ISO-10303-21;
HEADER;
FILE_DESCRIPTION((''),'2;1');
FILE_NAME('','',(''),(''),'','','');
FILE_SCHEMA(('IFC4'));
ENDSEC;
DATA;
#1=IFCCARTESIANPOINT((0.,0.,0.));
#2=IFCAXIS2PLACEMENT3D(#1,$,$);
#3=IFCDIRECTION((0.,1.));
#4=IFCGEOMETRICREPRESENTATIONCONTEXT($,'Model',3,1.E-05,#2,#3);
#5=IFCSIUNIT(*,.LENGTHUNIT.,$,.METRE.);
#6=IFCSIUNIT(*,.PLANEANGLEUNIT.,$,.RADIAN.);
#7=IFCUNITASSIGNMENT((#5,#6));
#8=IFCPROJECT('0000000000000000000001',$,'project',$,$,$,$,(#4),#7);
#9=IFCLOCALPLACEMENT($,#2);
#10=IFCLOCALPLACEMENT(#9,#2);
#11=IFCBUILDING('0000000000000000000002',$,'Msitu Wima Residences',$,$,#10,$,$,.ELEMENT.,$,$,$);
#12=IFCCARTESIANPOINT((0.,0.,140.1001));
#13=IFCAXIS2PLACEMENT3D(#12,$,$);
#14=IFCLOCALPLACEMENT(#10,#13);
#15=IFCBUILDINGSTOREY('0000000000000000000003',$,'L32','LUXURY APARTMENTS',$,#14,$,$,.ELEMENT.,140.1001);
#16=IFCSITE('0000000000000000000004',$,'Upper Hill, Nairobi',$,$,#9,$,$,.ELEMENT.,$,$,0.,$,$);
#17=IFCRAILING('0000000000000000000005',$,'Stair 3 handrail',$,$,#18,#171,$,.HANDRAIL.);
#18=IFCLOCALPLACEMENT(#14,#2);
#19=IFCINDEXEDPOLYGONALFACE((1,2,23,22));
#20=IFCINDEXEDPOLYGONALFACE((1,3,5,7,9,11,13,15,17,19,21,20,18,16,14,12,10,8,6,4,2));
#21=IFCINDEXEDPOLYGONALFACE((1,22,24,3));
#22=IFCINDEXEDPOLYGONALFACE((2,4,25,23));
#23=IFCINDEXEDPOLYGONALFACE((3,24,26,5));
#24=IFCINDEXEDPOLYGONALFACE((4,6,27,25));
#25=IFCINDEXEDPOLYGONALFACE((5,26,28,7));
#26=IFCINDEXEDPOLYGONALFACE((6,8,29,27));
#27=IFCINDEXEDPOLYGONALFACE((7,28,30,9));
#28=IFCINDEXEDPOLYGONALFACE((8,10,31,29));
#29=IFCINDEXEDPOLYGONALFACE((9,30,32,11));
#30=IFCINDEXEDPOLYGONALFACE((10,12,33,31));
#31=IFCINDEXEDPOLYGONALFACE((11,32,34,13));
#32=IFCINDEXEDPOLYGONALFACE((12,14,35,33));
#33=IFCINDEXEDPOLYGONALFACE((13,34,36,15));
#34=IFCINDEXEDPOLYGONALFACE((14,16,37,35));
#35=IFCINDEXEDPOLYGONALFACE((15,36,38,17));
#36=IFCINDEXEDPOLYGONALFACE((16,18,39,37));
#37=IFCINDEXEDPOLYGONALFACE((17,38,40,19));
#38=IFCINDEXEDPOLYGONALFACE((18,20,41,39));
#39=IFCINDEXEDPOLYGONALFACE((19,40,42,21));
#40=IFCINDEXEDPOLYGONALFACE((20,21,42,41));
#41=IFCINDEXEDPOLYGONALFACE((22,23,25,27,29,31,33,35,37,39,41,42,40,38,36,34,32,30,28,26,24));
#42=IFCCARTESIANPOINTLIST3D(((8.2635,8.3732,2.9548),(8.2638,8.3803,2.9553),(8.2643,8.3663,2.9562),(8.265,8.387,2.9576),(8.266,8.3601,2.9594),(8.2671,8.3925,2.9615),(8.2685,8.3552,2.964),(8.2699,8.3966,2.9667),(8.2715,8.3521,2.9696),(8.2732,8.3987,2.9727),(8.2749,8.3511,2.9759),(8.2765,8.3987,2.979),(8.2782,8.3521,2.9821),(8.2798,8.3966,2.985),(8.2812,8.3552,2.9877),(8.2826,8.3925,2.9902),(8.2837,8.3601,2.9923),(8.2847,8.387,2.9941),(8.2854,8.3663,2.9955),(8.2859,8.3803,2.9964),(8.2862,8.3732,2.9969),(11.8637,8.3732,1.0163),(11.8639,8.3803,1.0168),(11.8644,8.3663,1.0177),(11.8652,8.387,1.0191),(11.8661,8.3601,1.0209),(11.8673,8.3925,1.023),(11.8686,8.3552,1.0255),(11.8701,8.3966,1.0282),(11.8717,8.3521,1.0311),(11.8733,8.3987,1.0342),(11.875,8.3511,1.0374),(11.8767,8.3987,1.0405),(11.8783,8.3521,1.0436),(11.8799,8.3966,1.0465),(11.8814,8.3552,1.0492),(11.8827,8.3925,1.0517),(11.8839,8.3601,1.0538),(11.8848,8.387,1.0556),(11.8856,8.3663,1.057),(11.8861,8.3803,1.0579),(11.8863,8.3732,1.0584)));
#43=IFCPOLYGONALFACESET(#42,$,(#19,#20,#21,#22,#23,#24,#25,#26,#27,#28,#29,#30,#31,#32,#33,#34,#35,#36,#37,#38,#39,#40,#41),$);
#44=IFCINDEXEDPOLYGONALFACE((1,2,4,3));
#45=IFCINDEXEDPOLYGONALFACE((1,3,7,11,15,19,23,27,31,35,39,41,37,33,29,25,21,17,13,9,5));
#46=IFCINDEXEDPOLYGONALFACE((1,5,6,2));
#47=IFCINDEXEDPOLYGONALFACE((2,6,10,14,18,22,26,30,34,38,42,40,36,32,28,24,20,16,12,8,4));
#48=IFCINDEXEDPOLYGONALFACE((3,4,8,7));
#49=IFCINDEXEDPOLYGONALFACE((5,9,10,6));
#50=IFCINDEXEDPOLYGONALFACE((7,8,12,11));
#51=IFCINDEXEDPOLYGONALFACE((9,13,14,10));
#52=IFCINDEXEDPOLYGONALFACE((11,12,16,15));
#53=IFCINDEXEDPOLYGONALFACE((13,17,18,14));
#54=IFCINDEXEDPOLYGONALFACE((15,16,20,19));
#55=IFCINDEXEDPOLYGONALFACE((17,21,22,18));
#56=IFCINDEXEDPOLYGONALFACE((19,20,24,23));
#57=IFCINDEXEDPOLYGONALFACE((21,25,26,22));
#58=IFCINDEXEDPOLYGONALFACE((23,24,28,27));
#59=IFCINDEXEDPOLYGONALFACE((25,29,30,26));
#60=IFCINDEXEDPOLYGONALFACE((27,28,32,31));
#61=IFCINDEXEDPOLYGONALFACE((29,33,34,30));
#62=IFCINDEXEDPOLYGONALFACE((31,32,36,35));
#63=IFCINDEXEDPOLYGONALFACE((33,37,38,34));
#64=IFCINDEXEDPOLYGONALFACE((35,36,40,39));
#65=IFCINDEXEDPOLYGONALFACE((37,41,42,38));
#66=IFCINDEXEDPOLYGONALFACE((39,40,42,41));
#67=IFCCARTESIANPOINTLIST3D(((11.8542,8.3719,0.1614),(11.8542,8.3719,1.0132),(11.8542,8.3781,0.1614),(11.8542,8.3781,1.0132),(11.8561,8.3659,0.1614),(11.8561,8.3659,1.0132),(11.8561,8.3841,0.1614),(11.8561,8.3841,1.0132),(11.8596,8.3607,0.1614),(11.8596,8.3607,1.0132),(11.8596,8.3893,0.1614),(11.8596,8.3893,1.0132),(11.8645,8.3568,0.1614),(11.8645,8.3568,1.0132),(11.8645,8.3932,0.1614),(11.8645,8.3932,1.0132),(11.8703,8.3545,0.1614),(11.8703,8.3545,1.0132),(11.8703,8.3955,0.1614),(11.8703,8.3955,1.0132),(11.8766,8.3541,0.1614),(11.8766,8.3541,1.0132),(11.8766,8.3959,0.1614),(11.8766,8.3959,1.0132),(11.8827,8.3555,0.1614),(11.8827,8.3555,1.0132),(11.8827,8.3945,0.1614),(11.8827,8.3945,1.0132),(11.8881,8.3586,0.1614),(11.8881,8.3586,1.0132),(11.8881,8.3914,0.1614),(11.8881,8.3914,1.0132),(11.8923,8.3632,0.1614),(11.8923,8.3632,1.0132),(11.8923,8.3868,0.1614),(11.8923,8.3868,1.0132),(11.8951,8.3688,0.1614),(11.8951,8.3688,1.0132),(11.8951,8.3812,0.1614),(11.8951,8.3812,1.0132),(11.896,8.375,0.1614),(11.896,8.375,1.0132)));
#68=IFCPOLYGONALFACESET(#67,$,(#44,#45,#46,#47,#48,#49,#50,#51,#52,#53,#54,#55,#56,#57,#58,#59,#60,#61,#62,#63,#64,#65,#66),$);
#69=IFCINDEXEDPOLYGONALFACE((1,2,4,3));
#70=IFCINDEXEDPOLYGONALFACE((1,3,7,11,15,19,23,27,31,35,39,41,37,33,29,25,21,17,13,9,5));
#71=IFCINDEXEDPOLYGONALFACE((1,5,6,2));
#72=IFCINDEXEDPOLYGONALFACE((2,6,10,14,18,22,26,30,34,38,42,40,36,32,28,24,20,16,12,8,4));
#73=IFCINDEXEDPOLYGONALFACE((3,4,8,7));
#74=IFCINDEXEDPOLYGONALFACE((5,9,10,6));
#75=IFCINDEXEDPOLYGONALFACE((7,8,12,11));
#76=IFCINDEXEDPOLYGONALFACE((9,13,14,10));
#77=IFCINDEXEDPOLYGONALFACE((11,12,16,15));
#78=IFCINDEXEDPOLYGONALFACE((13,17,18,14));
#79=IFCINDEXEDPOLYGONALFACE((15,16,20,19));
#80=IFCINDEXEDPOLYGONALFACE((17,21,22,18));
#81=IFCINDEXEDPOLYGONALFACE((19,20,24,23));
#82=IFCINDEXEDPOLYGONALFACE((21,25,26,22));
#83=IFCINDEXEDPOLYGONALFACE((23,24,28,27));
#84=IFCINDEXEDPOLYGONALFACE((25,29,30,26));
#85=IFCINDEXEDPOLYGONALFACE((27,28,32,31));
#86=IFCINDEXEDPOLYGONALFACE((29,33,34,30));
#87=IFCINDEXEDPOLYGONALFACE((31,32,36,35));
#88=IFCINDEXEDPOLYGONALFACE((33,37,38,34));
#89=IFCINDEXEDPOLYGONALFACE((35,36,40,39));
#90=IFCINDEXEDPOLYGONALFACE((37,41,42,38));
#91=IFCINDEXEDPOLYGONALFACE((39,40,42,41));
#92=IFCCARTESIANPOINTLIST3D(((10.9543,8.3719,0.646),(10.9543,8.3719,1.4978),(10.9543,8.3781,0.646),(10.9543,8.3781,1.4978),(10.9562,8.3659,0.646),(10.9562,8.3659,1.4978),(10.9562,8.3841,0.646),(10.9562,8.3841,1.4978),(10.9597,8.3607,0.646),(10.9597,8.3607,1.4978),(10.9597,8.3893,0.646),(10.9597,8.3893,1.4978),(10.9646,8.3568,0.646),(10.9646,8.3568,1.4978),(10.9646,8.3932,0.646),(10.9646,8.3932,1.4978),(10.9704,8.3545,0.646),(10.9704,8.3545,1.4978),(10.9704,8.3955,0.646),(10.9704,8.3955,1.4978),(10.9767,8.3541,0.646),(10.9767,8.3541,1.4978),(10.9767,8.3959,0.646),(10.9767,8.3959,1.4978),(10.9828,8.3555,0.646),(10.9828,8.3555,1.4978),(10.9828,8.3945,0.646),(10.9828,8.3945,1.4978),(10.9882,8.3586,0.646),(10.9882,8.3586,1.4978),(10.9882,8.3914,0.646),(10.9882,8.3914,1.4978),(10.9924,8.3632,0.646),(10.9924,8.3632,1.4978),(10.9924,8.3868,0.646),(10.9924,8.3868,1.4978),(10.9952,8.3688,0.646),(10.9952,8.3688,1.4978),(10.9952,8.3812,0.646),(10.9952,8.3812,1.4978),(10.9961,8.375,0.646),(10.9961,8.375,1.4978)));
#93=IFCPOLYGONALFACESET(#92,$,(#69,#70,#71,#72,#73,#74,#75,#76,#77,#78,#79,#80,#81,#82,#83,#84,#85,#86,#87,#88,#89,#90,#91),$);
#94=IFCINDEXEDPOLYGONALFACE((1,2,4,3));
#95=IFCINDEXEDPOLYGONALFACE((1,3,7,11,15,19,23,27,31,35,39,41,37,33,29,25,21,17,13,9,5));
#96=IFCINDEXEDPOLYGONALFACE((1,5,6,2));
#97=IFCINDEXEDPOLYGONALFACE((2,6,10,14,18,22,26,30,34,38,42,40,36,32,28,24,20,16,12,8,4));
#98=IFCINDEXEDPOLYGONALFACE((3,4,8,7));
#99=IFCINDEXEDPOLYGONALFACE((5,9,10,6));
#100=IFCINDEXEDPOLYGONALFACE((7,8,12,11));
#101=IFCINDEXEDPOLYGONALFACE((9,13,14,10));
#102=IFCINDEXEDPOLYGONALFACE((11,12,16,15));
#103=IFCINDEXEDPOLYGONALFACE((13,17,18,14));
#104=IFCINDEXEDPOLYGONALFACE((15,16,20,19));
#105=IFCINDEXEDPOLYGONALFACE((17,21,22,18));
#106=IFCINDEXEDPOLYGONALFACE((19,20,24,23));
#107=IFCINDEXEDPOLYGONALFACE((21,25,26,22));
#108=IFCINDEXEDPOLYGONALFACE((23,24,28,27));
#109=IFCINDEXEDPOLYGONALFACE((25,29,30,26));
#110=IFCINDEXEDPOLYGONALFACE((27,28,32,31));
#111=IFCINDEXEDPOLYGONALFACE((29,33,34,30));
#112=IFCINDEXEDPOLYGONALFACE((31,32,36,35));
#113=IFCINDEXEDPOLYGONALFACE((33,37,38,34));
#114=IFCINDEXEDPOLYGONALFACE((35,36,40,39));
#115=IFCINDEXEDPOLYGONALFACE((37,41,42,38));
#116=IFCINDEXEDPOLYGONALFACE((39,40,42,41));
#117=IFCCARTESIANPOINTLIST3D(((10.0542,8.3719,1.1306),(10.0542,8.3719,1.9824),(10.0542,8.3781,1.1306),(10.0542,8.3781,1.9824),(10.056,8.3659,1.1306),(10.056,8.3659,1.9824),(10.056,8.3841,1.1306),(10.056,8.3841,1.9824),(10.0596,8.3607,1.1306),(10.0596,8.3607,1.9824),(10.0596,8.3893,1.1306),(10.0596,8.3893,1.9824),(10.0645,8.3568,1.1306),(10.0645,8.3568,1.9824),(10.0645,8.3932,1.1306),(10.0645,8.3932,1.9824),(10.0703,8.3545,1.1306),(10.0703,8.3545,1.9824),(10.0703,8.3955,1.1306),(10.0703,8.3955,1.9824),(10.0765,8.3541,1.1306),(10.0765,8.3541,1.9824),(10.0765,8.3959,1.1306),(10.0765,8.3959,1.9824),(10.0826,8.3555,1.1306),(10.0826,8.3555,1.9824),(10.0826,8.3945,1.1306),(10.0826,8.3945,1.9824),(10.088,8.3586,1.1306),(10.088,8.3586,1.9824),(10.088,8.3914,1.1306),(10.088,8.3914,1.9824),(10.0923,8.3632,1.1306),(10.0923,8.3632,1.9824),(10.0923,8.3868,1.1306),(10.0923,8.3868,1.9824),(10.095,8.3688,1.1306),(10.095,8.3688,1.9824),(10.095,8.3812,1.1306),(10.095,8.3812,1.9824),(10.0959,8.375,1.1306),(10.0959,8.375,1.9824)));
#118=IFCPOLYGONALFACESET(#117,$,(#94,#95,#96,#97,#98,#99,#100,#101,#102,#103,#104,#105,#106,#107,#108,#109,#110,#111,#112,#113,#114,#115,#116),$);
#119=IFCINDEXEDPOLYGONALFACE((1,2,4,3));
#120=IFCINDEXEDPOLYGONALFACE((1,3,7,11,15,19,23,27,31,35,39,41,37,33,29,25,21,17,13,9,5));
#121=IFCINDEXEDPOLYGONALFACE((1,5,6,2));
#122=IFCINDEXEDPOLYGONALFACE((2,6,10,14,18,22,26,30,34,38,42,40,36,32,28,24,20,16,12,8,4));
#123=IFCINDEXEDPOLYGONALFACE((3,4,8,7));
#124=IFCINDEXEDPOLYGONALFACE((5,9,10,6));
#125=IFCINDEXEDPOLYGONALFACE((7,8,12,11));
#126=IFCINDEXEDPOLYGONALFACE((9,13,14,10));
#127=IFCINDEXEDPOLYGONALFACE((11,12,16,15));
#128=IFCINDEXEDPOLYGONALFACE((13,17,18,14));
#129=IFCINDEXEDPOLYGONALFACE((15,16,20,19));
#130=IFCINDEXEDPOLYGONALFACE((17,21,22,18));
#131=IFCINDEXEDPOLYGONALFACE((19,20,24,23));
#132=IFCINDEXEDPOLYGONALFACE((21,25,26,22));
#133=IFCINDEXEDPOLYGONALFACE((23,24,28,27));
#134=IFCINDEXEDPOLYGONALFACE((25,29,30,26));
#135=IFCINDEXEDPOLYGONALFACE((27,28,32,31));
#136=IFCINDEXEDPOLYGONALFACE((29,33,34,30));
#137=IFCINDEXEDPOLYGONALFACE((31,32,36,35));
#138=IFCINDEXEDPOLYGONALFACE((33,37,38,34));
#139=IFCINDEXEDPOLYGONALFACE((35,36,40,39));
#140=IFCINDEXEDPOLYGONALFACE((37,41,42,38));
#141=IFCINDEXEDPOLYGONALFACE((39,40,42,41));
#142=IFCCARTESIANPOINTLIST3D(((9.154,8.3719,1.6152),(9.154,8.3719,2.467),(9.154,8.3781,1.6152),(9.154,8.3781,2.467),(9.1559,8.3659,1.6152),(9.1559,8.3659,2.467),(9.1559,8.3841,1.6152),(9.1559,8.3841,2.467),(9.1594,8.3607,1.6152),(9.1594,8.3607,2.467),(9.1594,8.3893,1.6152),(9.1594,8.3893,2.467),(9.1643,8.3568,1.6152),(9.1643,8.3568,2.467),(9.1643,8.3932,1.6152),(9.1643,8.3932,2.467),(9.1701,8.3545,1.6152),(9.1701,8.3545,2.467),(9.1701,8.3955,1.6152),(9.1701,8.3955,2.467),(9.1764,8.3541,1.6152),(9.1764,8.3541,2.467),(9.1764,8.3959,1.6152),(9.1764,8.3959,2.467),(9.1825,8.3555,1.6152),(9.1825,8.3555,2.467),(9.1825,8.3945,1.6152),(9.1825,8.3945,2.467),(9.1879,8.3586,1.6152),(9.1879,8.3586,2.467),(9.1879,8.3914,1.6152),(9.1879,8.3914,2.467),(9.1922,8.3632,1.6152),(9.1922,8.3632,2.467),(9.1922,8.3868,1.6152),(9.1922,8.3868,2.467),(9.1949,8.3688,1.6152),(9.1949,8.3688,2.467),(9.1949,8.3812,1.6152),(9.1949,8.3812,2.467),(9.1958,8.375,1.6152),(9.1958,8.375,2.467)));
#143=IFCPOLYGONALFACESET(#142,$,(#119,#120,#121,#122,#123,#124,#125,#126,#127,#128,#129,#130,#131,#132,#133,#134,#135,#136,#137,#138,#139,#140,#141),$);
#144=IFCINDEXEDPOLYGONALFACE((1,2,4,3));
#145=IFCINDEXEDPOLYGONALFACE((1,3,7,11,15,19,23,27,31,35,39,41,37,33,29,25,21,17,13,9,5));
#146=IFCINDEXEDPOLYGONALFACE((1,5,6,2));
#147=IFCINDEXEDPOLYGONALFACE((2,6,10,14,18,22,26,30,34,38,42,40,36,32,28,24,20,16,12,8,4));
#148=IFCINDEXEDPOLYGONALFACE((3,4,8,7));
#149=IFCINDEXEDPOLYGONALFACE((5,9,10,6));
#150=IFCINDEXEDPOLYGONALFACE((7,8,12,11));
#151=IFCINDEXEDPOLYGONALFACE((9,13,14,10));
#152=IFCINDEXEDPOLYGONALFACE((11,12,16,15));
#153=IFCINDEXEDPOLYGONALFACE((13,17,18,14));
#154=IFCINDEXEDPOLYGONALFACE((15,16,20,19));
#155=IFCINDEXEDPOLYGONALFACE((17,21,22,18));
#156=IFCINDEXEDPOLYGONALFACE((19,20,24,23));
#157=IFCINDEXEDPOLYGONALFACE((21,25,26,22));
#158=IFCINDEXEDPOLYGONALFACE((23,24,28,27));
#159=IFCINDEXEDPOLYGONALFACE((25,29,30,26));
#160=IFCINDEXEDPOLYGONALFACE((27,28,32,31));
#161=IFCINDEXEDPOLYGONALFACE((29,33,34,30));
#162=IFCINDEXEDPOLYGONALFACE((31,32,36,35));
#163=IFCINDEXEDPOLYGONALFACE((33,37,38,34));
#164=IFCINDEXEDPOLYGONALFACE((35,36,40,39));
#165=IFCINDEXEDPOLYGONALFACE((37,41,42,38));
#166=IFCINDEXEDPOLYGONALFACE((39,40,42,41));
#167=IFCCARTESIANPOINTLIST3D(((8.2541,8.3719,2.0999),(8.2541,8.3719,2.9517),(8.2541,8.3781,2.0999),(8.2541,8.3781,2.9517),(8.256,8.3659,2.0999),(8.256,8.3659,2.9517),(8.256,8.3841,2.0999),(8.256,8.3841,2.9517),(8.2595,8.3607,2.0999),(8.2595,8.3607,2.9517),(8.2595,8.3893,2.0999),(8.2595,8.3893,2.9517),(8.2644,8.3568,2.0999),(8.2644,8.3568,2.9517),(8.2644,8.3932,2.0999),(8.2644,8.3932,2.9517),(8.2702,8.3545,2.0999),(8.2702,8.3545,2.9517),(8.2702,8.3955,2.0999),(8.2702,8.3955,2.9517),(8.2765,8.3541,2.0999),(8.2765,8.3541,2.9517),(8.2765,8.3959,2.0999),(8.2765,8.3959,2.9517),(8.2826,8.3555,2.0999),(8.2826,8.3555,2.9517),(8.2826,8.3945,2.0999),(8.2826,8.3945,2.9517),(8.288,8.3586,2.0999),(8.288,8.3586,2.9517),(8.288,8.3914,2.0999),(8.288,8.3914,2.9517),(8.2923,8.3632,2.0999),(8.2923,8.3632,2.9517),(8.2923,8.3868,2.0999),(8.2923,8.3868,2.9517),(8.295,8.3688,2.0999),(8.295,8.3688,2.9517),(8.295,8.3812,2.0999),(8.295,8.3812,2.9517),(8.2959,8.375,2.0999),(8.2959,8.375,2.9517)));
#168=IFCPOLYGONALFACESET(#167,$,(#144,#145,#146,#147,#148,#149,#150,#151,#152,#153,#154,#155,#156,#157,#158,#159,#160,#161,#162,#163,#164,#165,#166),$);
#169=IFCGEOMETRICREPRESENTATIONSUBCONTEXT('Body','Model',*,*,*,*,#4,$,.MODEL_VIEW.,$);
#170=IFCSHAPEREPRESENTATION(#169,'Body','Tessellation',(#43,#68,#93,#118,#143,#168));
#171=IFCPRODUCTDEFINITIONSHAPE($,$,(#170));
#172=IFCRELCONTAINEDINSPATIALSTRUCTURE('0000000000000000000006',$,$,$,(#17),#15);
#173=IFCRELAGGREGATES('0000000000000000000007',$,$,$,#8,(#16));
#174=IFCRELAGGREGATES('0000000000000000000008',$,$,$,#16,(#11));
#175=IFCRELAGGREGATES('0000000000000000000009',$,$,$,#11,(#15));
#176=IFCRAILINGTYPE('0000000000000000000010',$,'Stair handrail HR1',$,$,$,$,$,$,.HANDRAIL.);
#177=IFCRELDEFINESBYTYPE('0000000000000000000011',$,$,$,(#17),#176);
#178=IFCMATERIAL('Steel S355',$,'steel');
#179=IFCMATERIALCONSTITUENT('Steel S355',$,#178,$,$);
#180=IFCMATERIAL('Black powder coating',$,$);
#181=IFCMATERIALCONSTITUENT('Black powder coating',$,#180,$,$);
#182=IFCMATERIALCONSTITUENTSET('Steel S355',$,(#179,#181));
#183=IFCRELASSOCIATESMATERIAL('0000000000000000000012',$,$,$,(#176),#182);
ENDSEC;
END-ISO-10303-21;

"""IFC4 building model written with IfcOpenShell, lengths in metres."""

from ifc_helpers import new_model, si_unit, direction, frame, origin, origin_2d, place, context, subcontext, project, spatial, circle, extrude, material, constituent, constituent_set, type_object, element, save


model = new_model("IFC4")

# Units and contexts
model_context = context("Model", 3, precision=1e-05, world=origin(), true_north=direction((0.0, 1.0)))
body_context = subcontext(model_context, "Body", "Model", "MODEL_VIEW")
ifc_project = project(units=[si_unit("LENGTHUNIT", "METRE"), si_unit("PLANEANGLEUNIT", "RADIAN")], contexts=[model_context])

# Site, building, storey
site_placement = place(None, origin())
site = spatial("IfcSite", under=ifc_project, at=site_placement, Name="Upper Hill, Nairobi", CompositionType="ELEMENT", RefElevation=0.0)
building_placement = place(site_placement, origin())
building = spatial("IfcBuilding", under=site, at=building_placement, Name="Msitu Wima Residences", CompositionType="ELEMENT")
storey_placement = place(building_placement, frame((0.0, 0.0, 140.1001)))
storey = spatial("IfcBuildingStorey", under=building, at=storey_placement, Name="L32", Description="LUXURY APARTMENTS", CompositionType="ELEMENT", Elevation=140.1001)

# Railing
ifc_material_1 = material(Name="Steel S355", Category="steel")
ifc_constituent_1 = constituent(ifc_material_1, Name="Steel S355")
ifc_material_2 = material(Name="Black powder coating")
ifc_constituent_2 = constituent(ifc_material_2, Name="Black powder coating")
ifc_constituent_set = constituent_set(constituents=[ifc_constituent_1, ifc_constituent_2], Name="Steel S355")
railing_type = type_object("IfcRailingType", Name="Stair handrail HR1", PredefinedType="HANDRAIL", material=ifc_constituent_set)
for number, where, name in (
    (1, (11.875, 8.375, 0.1614), "Stair 3 handrail"),
):
    element("IfcRailing", number, at=place(storey_placement, frame(where)), inside=storey, type_object=railing_type, Name=name, PredefinedType="HANDRAIL", context=body_context, shape_type="SweptSolid", body=[
        extrude(circle(Radius=0.0239, at=origin_2d()), frame((0.0, 0.0, 0.876), z_axis=(-0.880475, 0.0, 0.474093), x_axis=(0.0, -1.0, 0.0)), (0.0, 0.0, 1.0), 4.0889),
        extrude(circle(Radius=0.021, at=origin_2d()), origin(), (0.0, 0.0, 1.0), 0.8518),
        extrude(circle(Radius=0.021, at=origin_2d()), frame((-0.8999, 0.0, 0.4846)), (0.0, 0.0, 1.0), 0.8518),
        extrude(circle(Radius=0.021, at=origin_2d()), frame((-1.8, 0.0, 0.9692)), (0.0, 0.0, 1.0), 0.8518),
        extrude(circle(Radius=0.021, at=origin_2d()), frame((-2.7002, 0.0, 1.4539)), (0.0, 0.0, 1.0), 0.8518),
        extrude(circle(Radius=0.021, at=origin_2d()), frame((-3.6001, 0.0, 1.9385)), (0.0, 0.0, 1.0), 0.8518),
    ])

save(model, "model.ifc")
